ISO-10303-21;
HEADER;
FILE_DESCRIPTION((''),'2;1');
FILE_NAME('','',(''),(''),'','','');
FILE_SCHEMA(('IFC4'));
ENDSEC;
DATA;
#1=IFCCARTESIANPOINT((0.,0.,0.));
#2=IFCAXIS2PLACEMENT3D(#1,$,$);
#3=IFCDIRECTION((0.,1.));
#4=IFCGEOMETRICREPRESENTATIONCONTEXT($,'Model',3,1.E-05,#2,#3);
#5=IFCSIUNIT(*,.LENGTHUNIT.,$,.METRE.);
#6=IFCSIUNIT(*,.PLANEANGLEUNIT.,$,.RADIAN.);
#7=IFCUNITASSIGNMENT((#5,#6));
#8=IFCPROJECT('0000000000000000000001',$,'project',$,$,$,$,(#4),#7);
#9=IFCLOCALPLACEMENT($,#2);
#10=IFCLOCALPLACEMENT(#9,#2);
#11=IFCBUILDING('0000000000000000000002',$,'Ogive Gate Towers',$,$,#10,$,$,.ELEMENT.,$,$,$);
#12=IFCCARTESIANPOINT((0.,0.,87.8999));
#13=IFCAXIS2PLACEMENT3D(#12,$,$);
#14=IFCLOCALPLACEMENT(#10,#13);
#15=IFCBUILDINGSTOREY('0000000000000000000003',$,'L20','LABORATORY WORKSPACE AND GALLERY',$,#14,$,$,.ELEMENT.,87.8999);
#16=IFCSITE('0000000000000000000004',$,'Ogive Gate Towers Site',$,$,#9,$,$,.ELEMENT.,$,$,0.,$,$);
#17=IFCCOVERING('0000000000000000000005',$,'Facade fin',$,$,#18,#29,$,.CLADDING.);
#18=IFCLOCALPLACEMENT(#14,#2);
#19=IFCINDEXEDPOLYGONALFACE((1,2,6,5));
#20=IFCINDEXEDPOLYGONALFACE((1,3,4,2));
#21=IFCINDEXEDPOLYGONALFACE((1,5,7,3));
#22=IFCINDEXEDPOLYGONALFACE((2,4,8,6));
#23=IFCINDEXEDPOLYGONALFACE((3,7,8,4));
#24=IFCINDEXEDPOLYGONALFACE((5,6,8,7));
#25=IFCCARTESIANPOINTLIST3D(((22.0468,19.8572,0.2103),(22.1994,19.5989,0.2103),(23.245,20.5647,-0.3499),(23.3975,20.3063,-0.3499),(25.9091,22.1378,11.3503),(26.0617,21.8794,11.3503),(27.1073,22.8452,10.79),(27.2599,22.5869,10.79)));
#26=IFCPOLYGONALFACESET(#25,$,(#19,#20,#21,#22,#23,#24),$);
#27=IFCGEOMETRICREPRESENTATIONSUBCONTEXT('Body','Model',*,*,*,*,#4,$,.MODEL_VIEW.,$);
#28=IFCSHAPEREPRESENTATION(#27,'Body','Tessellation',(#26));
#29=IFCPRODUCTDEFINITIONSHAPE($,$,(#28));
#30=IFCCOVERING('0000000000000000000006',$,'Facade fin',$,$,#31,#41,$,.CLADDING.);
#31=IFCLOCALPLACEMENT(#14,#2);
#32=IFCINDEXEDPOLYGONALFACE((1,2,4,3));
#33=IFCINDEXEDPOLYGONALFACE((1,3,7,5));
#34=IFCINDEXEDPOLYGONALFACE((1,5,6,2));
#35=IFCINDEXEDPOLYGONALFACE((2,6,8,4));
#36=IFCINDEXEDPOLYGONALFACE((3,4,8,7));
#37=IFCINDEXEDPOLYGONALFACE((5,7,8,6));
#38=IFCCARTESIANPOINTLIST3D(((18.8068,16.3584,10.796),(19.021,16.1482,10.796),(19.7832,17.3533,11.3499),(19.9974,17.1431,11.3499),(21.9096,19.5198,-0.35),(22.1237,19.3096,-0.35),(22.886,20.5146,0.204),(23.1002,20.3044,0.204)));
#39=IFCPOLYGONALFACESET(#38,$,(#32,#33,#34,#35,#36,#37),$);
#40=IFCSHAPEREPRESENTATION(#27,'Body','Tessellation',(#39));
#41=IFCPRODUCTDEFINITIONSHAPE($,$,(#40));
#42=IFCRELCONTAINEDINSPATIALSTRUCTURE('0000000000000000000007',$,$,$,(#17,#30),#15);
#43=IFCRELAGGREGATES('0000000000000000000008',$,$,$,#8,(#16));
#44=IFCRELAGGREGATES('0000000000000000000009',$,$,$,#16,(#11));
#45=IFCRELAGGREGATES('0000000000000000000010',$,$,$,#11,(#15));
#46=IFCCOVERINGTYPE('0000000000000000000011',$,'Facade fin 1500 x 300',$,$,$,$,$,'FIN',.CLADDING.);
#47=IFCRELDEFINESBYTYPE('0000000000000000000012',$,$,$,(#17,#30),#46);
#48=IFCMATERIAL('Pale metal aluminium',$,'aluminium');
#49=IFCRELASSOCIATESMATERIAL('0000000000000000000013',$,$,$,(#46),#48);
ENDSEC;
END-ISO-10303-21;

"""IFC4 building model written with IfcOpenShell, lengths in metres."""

from ifc_helpers import new_model, si_unit, direction, frame, origin, origin_2d, place, context, subcontext, project, spatial, rectangle, extrude, material, material_profile, profile_set, type_object, element, save


model = new_model("IFC4")

# Units and contexts
model_context = context("Model", 3, precision=1e-05, world=origin(), true_north=direction((0.0, 1.0)))
body_context = subcontext(model_context, "Body", "Model", "MODEL_VIEW")
ifc_project = project(units=[si_unit("LENGTHUNIT", "METRE"), si_unit("PLANEANGLEUNIT", "RADIAN")], contexts=[model_context])

# Site, building, storey
site_placement = place(None, origin())
site = spatial("IfcSite", under=ifc_project, at=site_placement, Name="Ogive Gate Towers Site", CompositionType="ELEMENT", RefElevation=0.0)
building_placement = place(site_placement, origin())
building = spatial("IfcBuilding", under=site, at=building_placement, Name="Ogive Gate Towers", CompositionType="ELEMENT")
storey_placement = place(building_placement, frame((0.0, 0.0, 87.8999)))
storey = spatial("IfcBuildingStorey", under=building, at=storey_placement, Name="L20", Description="LABORATORY WORKSPACE AND GALLERY", CompositionType="ELEMENT", Elevation=87.8999)

# Shared definitions
ifc_material_1 = material(Name="Pale metal aluminium", Category="aluminium")

# Coverings
ifc_material_profile_1 = material_profile(ifc_material_1, rectangle(XDim=0.3, YDim=1.5, at=origin_2d()), Name="1500 x 300 pale metal aluminium")
ifc_profile_set_1 = profile_set([ifc_material_profile_1], Name="Pale metal aluminium")
covering_type = type_object("IfcCoveringType", Name="Facade fin 1500 x 300", ElementType="FIN", PredefinedType="CLADDING", material=ifc_profile_set_1)
covering_1_placement = place(storey_placement, frame((22.7222, 20.0818, -0.0698), z_axis=(0.321618, 0.189901, 0.927631), x_axis=(-0.50844, 0.861098, 0.0)))
element("IfcCovering", 1, at=covering_1_placement, inside=storey, type_object=covering_type, Name="Facade fin", PredefinedType="CLADDING", context=body_context, shape_type="SweptSolid", body=[
    extrude(rectangle(XDim=0.3, YDim=1.5, at=origin_2d()), origin(), (0.0, 0.0, 1.0), 12.009),
])
covering_2_placement = place(storey_placement, frame((22.5049, 19.9121, -0.073), z_axis=(-0.258696, -0.263581, 0.929302), x_axis=(0.71369, -0.700462, 0.0)))
element("IfcCovering", 2, at=covering_2_placement, inside=storey, type_object=covering_type, Name="Facade fin", PredefinedType="CLADDING", context=body_context, shape_type="SweptSolid", body=[
    extrude(rectangle(XDim=0.3, YDim=1.5, at=origin_2d()), origin(), (0.0, 0.0, 1.0), 11.9939),
])

save(model, "model.ifc")
